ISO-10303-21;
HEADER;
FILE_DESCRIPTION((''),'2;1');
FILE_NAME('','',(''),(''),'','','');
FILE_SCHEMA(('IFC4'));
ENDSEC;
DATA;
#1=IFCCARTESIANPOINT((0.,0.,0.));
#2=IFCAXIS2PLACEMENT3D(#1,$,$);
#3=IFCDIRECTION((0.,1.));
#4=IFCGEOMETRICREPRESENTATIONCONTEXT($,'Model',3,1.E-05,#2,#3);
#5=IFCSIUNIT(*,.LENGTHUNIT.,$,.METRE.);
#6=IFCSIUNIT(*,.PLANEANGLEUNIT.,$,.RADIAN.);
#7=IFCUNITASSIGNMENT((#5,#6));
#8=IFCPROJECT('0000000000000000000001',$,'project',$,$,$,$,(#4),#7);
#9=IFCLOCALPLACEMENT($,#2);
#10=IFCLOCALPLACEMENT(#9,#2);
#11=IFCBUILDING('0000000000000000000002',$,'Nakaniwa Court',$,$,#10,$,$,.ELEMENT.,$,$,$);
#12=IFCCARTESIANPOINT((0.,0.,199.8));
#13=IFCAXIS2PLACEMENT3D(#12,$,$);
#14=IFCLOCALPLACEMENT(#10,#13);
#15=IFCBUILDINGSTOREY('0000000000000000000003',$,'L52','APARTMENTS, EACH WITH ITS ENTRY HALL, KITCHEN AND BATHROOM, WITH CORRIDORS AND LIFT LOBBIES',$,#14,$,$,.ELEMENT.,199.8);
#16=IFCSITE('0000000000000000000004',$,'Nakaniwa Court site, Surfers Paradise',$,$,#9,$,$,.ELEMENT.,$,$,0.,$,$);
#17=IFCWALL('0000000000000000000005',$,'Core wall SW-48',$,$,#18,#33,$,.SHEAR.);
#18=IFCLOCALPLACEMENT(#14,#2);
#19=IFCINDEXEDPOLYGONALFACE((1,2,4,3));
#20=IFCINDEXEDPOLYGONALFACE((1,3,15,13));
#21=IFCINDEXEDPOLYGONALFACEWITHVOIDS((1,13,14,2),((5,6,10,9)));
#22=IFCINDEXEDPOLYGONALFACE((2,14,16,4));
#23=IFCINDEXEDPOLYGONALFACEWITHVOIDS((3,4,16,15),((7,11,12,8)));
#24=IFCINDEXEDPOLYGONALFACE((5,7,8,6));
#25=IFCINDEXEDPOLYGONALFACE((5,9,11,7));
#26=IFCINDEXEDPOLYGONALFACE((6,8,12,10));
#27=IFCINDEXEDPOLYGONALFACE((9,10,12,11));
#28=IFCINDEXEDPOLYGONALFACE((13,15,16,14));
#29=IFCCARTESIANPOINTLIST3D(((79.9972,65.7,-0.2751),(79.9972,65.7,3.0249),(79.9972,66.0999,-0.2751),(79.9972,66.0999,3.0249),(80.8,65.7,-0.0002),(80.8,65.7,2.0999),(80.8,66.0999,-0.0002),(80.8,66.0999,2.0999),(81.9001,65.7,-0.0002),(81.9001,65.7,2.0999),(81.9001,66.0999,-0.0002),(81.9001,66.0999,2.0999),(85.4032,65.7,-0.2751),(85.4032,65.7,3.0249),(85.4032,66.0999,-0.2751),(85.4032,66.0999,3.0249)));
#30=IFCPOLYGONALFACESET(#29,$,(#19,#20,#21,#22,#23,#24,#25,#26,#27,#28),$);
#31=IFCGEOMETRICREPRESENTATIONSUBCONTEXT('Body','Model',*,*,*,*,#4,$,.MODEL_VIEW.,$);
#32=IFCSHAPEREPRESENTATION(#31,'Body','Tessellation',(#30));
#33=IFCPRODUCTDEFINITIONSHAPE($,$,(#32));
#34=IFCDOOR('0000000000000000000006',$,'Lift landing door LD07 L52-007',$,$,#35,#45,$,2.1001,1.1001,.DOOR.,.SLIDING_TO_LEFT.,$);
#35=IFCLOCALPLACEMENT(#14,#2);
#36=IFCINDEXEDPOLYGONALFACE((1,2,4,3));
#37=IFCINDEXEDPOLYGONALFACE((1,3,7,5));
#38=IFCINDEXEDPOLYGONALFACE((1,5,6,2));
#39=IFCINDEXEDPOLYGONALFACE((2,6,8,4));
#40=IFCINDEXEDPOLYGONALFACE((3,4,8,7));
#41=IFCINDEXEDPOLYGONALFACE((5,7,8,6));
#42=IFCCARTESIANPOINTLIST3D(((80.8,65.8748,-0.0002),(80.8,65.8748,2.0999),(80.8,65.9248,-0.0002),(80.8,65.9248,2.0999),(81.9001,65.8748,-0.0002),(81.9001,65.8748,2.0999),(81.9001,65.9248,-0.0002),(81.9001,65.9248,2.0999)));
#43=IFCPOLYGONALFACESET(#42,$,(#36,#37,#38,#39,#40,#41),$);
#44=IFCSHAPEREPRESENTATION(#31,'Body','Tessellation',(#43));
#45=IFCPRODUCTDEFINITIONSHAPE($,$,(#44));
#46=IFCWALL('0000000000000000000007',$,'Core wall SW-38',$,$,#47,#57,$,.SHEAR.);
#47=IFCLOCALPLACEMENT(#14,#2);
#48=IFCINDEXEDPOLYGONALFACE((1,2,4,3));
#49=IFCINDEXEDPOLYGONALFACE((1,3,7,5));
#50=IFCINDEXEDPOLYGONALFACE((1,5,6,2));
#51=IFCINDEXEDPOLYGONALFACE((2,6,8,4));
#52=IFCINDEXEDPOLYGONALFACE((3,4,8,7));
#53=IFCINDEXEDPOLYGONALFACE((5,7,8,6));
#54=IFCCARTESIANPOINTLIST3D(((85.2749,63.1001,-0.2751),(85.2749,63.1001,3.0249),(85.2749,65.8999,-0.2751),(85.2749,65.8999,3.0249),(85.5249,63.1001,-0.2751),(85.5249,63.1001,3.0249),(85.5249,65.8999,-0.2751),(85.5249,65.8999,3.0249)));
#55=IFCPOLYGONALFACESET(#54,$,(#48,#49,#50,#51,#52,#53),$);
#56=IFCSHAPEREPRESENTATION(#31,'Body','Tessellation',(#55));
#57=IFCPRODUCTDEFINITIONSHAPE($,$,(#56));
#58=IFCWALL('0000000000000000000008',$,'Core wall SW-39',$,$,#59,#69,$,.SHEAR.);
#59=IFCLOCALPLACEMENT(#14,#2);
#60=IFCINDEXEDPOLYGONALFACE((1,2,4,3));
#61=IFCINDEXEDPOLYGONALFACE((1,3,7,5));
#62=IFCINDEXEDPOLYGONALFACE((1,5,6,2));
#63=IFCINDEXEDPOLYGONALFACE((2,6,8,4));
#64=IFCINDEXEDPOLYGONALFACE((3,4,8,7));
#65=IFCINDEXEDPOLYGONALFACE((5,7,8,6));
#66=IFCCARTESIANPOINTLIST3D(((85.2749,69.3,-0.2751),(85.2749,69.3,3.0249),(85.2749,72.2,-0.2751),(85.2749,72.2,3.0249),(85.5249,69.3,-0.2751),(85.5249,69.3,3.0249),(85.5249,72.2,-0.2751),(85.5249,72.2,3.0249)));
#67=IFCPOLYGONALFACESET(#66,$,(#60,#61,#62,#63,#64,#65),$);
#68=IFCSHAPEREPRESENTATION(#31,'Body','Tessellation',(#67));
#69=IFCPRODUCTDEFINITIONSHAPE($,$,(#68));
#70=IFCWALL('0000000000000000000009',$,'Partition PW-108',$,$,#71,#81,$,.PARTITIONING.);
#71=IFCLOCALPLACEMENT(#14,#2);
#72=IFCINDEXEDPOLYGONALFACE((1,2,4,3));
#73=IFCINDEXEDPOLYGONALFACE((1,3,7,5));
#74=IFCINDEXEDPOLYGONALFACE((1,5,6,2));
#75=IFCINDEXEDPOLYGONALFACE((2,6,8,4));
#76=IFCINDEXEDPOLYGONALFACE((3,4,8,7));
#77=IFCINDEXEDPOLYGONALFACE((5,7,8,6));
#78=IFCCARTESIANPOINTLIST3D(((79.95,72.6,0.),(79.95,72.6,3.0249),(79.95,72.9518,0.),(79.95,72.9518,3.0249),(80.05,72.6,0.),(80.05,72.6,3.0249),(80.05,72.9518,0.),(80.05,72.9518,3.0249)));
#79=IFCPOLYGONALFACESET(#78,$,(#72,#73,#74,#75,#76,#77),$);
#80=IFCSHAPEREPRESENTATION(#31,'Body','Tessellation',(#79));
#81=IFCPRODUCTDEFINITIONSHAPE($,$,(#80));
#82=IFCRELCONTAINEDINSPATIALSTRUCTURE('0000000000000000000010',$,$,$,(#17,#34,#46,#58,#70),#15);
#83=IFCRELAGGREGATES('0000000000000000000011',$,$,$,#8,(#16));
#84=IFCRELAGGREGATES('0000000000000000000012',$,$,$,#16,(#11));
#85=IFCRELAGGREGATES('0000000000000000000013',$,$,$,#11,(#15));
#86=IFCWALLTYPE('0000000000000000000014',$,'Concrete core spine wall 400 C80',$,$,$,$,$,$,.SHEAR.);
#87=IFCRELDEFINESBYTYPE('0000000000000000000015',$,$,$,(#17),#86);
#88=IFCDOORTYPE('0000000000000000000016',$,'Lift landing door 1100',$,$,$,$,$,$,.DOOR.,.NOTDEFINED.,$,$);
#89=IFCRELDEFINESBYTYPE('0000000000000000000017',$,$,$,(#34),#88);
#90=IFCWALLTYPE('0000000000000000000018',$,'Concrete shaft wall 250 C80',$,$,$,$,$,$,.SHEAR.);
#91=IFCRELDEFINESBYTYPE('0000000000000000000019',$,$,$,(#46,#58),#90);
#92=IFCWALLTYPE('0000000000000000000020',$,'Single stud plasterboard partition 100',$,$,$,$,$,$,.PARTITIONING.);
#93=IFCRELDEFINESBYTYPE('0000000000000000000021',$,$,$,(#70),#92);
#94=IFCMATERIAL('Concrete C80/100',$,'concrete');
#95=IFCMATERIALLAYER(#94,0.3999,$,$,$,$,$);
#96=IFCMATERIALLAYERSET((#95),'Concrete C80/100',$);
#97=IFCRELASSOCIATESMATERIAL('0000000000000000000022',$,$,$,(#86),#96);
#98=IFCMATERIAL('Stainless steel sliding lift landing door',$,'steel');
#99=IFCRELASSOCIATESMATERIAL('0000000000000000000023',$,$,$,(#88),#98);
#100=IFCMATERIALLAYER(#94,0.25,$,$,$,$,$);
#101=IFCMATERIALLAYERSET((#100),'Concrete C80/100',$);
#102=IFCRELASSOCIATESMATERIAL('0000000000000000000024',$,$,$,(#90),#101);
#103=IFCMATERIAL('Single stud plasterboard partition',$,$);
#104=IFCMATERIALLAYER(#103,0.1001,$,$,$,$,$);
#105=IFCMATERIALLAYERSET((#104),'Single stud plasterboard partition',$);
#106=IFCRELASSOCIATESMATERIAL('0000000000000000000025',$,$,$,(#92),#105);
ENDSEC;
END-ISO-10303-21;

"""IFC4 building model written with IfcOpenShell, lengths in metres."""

from ifc_helpers import new_model, si_unit, direction, frame, frame_2d, origin, place, context, subcontext, project, spatial, rectangle, extrude, material, layer, layer_set, type_object, element, fill, save


model = new_model("IFC4")

# Units and contexts
model_context = context("Model", 3, precision=1e-05, world=origin(), true_north=direction((0.0, 1.0)))
body_context = subcontext(model_context, "Body", "Model", "MODEL_VIEW")
ifc_project = project(units=[si_unit("LENGTHUNIT", "METRE"), si_unit("PLANEANGLEUNIT", "RADIAN")], contexts=[model_context])

# Site, building, storey
site_placement = place(None, origin())
site = spatial("IfcSite", under=ifc_project, at=site_placement, Name="Nakaniwa Court site, Surfers Paradise", CompositionType="ELEMENT", RefElevation=0.0)
building_placement = place(site_placement, origin())
building = spatial("IfcBuilding", under=site, at=building_placement, Name="Nakaniwa Court", CompositionType="ELEMENT")
storey_placement = place(building_placement, frame((0.0, 0.0, 199.8)))
storey = spatial("IfcBuildingStorey", under=building, at=storey_placement, Name="L52", Description="APARTMENTS, EACH WITH ITS ENTRY HALL, KITCHEN AND BATHROOM, WITH CORRIDORS AND LIFT LOBBIES", CompositionType="ELEMENT", Elevation=199.8)

# Shared definitions
ifc_material_1 = material(Name="Concrete C80/100", Category="concrete")

# Wall, opening, door
ifc_layer_1 = layer(ifc_material_1, 0.3999)
ifc_layer_set_1 = layer_set([ifc_layer_1], Name="Concrete C80/100")
wall_type_1 = type_object("IfcWallType", Name="Concrete core spine wall 400 C80", PredefinedType="SHEAR", material=ifc_layer_set_1)
ifc_material_2 = material(Name="Stainless steel sliding lift landing door", Category="steel")
door_type_1 = type_object("IfcDoorType", Name="Lift landing door 1100", OperationType="NOTDEFINED", PredefinedType="DOOR", material=ifc_material_2)
wall_1_placement = place(storey_placement, frame((79.9971, 65.8999, -0.2751), z_axis=(0.0, 0.0, 1.0), x_axis=(1.0, 0.0, 0.0)))
wall_1 = element("IfcWall", 1, at=wall_1_placement, inside=storey, type_object=wall_type_1, Name="Core wall SW-48", PredefinedType="SHEAR", context=body_context, shape_type="SweptSolid", body=[
    extrude(rectangle(XDim=5.406, YDim=0.3999, at=frame_2d((2.7031, 0.0))), origin(), (0.0, 0.0, 1.0), 3.3),
])
opening_1_placement = place(wall_1_placement, frame((0.803, 0.0, 0.2749)))
opening_1 = element("IfcOpeningElement", 2, at=opening_1_placement, cuts=wall_1, PredefinedType="OPENING", context=body_context, shape_type="SweptSolid", body=[
    extrude(rectangle(XDim=1.1001, YDim=2.1001, at=frame_2d((0.55, 1.05))), frame((0.0, 0.21, 0.0), z_axis=(0.0, -1.0, 0.0), x_axis=(1.0, 0.0, 0.0)), (0.0, 0.0, 1.0), 0.4199),
])
door_1_placement = place(opening_1_placement, origin())
door_1 = element("IfcDoor", 3, at=door_1_placement, inside=storey, type_object=door_type_1, Name="Lift landing door LD07 L52-007", OperationType="SLIDING_TO_LEFT", OverallHeight=2.1001, OverallWidth=1.1001, PredefinedType="DOOR", context=body_context, shape_type="SweptSolid", body=[
    extrude(rectangle(XDim=1.1001, YDim=2.1001, at=frame_2d((0.55, 1.05))), frame((0.0, 0.0249, 0.0), z_axis=(0.0, -1.0, 0.0), x_axis=(1.0, 0.0, 0.0)), (0.0, 0.0, 1.0), 0.05),
])
fill(opening_1, door_1)

# Walls
ifc_layer_2 = layer(ifc_material_1, 0.25)
ifc_layer_set_2 = layer_set([ifc_layer_2], Name="Concrete C80/100")
wall_type_2 = type_object("IfcWallType", Name="Concrete shaft wall 250 C80", PredefinedType="SHEAR", material=ifc_layer_set_2)
wall_2_placement = place(storey_placement, frame((85.3999, 63.1001, -0.2751), z_axis=(0.0, 0.0, 1.0), x_axis=(0.0, 1.0, 0.0)))
element("IfcWall", 4, at=wall_2_placement, inside=storey, type_object=wall_type_2, Name="Core wall SW-38", PredefinedType="SHEAR", context=body_context, shape_type="SweptSolid", body=[
    extrude(rectangle(XDim=2.7998, YDim=0.25, at=frame_2d((1.3999, 0.0))), origin(), (0.0, 0.0, 1.0), 3.3),
])
wall_3_placement = place(storey_placement, frame((85.3999, 69.3, -0.2751), z_axis=(0.0, 0.0, 1.0), x_axis=(0.0, 1.0, 0.0)))
element("IfcWall", 5, at=wall_3_placement, inside=storey, type_object=wall_type_2, Name="Core wall SW-39", PredefinedType="SHEAR", context=body_context, shape_type="SweptSolid", body=[
    extrude(rectangle(XDim=2.8999, YDim=0.25, at=frame_2d((1.45, 0.0))), origin(), (0.0, 0.0, 1.0), 3.3),
])
ifc_material_3 = material(Name="Single stud plasterboard partition")
ifc_layer_3 = layer(ifc_material_3, 0.1001)
ifc_layer_set_3 = layer_set([ifc_layer_3], Name="Single stud plasterboard partition")
wall_type_3 = type_object("IfcWallType", Name="Single stud plasterboard partition 100", PredefinedType="PARTITIONING", material=ifc_layer_set_3)
wall_4_placement = place(storey_placement, frame((80.0, 72.6001, 0.0), z_axis=(0.0, 0.0, 1.0), x_axis=(0.0, 1.0, 0.0)))
element("IfcWall", 6, at=wall_4_placement, inside=storey, type_object=wall_type_3, Name="Partition PW-108", PredefinedType="PARTITIONING", context=body_context, shape_type="SweptSolid", body=[
    extrude(rectangle(XDim=0.3518, YDim=0.1001, at=frame_2d((0.1758, 0.0))), origin(), (0.0, 0.0, 1.0), 3.0249),
])

save(model, "model.ifc")
